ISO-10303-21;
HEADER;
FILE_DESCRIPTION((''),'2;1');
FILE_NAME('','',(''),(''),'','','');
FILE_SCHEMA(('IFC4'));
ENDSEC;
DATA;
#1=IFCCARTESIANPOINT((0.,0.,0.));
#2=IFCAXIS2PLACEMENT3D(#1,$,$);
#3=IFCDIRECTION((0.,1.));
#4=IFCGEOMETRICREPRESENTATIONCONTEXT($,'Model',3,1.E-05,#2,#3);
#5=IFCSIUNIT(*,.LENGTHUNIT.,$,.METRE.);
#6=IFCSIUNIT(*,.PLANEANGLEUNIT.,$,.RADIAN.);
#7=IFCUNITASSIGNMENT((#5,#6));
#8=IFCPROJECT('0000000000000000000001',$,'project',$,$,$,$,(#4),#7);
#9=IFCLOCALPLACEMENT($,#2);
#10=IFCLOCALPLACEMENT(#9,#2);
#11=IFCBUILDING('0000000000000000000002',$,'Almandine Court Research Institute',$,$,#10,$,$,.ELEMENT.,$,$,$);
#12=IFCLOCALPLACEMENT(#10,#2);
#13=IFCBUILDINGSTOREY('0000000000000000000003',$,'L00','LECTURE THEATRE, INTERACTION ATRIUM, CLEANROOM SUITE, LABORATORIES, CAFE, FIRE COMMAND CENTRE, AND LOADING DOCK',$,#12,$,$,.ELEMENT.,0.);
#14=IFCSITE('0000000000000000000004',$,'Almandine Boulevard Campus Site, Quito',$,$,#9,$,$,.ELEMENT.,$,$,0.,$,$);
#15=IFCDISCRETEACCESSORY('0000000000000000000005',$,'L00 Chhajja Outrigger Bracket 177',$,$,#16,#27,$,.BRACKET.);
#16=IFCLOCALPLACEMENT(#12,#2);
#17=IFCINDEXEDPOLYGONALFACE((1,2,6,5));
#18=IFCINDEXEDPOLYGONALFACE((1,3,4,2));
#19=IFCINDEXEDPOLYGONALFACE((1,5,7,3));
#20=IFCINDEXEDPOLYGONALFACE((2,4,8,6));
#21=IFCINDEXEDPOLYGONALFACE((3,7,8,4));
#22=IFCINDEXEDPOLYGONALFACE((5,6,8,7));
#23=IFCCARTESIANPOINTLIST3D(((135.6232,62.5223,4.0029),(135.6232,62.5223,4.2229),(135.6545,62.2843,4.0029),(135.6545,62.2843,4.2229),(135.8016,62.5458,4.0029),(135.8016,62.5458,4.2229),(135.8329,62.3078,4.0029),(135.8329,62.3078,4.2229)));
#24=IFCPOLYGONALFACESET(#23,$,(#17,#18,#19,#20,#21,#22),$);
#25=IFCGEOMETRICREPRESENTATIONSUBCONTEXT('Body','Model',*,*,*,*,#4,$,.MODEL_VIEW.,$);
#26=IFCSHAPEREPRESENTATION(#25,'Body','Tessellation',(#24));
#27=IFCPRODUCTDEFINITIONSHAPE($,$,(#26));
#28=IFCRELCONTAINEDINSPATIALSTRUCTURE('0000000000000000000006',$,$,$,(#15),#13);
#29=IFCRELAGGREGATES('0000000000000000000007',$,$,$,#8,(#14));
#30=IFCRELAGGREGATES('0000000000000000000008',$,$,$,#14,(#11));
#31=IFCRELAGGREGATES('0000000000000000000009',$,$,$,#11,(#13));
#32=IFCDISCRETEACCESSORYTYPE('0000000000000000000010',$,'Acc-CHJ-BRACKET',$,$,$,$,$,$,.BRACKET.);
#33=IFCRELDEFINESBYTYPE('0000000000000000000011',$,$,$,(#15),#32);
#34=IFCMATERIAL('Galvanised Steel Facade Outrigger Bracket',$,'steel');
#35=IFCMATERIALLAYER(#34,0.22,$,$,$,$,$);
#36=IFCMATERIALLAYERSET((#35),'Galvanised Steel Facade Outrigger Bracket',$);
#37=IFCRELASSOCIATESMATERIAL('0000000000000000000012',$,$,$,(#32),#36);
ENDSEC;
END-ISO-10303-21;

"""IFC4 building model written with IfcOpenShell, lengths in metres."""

from ifc_helpers import new_model, si_unit, direction, frame, origin, origin_2d, place, context, subcontext, project, spatial, rectangle, extrude, material, layer, layer_set, type_object, element, save


model = new_model("IFC4")

# Units and contexts
model_context = context("Model", 3, precision=1e-05, world=origin(), true_north=direction((0.0, 1.0)))
body_context = subcontext(model_context, "Body", "Model", "MODEL_VIEW")
ifc_project = project(units=[si_unit("LENGTHUNIT", "METRE"), si_unit("PLANEANGLEUNIT", "RADIAN")], contexts=[model_context])

# Site, building, storey
site_placement = place(None, origin())
site = spatial("IfcSite", under=ifc_project, at=site_placement, Name="Almandine Boulevard Campus Site, Quito", CompositionType="ELEMENT", RefElevation=0.0)
building_placement = place(site_placement, origin())
building = spatial("IfcBuilding", under=site, at=building_placement, Name="Almandine Court Research Institute", CompositionType="ELEMENT")
storey_placement = place(building_placement, origin())
storey = spatial("IfcBuildingStorey", under=building, at=storey_placement, Name="L00", Description="LECTURE THEATRE, INTERACTION ATRIUM, CLEANROOM SUITE, LABORATORIES, CAFE, FIRE COMMAND CENTRE, AND LOADING DOCK", CompositionType="ELEMENT", Elevation=0.0)

# Discrete accessory
ifc_material_1 = material(Name="Galvanised Steel Facade Outrigger Bracket", Category="steel")
ifc_layer_1 = layer(ifc_material_1, 0.22)
ifc_layer_set_1 = layer_set([ifc_layer_1], Name="Galvanised Steel Facade Outrigger Bracket")
discrete_accessory_type = type_object("IfcDiscreteAccessoryType", Name="Acc-CHJ-BRACKET", PredefinedType="BRACKET", material=ifc_layer_set_1)
for number, where, z_axis, x_axis, name in (
    (1, (135.728, 62.415, 4.0029), (0.0, 0.0, 1.0), (0.130526, -0.991445, 0.0), "L00 Chhajja Outrigger Bracket 177"),
):
    element("IfcDiscreteAccessory", number, at=place(storey_placement, frame(where, z_axis=z_axis, x_axis=x_axis)), inside=storey, type_object=discrete_accessory_type, Name=name, PredefinedType="BRACKET", context=body_context, shape_type="SweptSolid", body=[
        extrude(rectangle(XDim=0.24, YDim=0.1799, at=origin_2d()), origin(), (0.0, 0.0, 1.0), 0.22),
    ])

save(model, "model.ifc")
